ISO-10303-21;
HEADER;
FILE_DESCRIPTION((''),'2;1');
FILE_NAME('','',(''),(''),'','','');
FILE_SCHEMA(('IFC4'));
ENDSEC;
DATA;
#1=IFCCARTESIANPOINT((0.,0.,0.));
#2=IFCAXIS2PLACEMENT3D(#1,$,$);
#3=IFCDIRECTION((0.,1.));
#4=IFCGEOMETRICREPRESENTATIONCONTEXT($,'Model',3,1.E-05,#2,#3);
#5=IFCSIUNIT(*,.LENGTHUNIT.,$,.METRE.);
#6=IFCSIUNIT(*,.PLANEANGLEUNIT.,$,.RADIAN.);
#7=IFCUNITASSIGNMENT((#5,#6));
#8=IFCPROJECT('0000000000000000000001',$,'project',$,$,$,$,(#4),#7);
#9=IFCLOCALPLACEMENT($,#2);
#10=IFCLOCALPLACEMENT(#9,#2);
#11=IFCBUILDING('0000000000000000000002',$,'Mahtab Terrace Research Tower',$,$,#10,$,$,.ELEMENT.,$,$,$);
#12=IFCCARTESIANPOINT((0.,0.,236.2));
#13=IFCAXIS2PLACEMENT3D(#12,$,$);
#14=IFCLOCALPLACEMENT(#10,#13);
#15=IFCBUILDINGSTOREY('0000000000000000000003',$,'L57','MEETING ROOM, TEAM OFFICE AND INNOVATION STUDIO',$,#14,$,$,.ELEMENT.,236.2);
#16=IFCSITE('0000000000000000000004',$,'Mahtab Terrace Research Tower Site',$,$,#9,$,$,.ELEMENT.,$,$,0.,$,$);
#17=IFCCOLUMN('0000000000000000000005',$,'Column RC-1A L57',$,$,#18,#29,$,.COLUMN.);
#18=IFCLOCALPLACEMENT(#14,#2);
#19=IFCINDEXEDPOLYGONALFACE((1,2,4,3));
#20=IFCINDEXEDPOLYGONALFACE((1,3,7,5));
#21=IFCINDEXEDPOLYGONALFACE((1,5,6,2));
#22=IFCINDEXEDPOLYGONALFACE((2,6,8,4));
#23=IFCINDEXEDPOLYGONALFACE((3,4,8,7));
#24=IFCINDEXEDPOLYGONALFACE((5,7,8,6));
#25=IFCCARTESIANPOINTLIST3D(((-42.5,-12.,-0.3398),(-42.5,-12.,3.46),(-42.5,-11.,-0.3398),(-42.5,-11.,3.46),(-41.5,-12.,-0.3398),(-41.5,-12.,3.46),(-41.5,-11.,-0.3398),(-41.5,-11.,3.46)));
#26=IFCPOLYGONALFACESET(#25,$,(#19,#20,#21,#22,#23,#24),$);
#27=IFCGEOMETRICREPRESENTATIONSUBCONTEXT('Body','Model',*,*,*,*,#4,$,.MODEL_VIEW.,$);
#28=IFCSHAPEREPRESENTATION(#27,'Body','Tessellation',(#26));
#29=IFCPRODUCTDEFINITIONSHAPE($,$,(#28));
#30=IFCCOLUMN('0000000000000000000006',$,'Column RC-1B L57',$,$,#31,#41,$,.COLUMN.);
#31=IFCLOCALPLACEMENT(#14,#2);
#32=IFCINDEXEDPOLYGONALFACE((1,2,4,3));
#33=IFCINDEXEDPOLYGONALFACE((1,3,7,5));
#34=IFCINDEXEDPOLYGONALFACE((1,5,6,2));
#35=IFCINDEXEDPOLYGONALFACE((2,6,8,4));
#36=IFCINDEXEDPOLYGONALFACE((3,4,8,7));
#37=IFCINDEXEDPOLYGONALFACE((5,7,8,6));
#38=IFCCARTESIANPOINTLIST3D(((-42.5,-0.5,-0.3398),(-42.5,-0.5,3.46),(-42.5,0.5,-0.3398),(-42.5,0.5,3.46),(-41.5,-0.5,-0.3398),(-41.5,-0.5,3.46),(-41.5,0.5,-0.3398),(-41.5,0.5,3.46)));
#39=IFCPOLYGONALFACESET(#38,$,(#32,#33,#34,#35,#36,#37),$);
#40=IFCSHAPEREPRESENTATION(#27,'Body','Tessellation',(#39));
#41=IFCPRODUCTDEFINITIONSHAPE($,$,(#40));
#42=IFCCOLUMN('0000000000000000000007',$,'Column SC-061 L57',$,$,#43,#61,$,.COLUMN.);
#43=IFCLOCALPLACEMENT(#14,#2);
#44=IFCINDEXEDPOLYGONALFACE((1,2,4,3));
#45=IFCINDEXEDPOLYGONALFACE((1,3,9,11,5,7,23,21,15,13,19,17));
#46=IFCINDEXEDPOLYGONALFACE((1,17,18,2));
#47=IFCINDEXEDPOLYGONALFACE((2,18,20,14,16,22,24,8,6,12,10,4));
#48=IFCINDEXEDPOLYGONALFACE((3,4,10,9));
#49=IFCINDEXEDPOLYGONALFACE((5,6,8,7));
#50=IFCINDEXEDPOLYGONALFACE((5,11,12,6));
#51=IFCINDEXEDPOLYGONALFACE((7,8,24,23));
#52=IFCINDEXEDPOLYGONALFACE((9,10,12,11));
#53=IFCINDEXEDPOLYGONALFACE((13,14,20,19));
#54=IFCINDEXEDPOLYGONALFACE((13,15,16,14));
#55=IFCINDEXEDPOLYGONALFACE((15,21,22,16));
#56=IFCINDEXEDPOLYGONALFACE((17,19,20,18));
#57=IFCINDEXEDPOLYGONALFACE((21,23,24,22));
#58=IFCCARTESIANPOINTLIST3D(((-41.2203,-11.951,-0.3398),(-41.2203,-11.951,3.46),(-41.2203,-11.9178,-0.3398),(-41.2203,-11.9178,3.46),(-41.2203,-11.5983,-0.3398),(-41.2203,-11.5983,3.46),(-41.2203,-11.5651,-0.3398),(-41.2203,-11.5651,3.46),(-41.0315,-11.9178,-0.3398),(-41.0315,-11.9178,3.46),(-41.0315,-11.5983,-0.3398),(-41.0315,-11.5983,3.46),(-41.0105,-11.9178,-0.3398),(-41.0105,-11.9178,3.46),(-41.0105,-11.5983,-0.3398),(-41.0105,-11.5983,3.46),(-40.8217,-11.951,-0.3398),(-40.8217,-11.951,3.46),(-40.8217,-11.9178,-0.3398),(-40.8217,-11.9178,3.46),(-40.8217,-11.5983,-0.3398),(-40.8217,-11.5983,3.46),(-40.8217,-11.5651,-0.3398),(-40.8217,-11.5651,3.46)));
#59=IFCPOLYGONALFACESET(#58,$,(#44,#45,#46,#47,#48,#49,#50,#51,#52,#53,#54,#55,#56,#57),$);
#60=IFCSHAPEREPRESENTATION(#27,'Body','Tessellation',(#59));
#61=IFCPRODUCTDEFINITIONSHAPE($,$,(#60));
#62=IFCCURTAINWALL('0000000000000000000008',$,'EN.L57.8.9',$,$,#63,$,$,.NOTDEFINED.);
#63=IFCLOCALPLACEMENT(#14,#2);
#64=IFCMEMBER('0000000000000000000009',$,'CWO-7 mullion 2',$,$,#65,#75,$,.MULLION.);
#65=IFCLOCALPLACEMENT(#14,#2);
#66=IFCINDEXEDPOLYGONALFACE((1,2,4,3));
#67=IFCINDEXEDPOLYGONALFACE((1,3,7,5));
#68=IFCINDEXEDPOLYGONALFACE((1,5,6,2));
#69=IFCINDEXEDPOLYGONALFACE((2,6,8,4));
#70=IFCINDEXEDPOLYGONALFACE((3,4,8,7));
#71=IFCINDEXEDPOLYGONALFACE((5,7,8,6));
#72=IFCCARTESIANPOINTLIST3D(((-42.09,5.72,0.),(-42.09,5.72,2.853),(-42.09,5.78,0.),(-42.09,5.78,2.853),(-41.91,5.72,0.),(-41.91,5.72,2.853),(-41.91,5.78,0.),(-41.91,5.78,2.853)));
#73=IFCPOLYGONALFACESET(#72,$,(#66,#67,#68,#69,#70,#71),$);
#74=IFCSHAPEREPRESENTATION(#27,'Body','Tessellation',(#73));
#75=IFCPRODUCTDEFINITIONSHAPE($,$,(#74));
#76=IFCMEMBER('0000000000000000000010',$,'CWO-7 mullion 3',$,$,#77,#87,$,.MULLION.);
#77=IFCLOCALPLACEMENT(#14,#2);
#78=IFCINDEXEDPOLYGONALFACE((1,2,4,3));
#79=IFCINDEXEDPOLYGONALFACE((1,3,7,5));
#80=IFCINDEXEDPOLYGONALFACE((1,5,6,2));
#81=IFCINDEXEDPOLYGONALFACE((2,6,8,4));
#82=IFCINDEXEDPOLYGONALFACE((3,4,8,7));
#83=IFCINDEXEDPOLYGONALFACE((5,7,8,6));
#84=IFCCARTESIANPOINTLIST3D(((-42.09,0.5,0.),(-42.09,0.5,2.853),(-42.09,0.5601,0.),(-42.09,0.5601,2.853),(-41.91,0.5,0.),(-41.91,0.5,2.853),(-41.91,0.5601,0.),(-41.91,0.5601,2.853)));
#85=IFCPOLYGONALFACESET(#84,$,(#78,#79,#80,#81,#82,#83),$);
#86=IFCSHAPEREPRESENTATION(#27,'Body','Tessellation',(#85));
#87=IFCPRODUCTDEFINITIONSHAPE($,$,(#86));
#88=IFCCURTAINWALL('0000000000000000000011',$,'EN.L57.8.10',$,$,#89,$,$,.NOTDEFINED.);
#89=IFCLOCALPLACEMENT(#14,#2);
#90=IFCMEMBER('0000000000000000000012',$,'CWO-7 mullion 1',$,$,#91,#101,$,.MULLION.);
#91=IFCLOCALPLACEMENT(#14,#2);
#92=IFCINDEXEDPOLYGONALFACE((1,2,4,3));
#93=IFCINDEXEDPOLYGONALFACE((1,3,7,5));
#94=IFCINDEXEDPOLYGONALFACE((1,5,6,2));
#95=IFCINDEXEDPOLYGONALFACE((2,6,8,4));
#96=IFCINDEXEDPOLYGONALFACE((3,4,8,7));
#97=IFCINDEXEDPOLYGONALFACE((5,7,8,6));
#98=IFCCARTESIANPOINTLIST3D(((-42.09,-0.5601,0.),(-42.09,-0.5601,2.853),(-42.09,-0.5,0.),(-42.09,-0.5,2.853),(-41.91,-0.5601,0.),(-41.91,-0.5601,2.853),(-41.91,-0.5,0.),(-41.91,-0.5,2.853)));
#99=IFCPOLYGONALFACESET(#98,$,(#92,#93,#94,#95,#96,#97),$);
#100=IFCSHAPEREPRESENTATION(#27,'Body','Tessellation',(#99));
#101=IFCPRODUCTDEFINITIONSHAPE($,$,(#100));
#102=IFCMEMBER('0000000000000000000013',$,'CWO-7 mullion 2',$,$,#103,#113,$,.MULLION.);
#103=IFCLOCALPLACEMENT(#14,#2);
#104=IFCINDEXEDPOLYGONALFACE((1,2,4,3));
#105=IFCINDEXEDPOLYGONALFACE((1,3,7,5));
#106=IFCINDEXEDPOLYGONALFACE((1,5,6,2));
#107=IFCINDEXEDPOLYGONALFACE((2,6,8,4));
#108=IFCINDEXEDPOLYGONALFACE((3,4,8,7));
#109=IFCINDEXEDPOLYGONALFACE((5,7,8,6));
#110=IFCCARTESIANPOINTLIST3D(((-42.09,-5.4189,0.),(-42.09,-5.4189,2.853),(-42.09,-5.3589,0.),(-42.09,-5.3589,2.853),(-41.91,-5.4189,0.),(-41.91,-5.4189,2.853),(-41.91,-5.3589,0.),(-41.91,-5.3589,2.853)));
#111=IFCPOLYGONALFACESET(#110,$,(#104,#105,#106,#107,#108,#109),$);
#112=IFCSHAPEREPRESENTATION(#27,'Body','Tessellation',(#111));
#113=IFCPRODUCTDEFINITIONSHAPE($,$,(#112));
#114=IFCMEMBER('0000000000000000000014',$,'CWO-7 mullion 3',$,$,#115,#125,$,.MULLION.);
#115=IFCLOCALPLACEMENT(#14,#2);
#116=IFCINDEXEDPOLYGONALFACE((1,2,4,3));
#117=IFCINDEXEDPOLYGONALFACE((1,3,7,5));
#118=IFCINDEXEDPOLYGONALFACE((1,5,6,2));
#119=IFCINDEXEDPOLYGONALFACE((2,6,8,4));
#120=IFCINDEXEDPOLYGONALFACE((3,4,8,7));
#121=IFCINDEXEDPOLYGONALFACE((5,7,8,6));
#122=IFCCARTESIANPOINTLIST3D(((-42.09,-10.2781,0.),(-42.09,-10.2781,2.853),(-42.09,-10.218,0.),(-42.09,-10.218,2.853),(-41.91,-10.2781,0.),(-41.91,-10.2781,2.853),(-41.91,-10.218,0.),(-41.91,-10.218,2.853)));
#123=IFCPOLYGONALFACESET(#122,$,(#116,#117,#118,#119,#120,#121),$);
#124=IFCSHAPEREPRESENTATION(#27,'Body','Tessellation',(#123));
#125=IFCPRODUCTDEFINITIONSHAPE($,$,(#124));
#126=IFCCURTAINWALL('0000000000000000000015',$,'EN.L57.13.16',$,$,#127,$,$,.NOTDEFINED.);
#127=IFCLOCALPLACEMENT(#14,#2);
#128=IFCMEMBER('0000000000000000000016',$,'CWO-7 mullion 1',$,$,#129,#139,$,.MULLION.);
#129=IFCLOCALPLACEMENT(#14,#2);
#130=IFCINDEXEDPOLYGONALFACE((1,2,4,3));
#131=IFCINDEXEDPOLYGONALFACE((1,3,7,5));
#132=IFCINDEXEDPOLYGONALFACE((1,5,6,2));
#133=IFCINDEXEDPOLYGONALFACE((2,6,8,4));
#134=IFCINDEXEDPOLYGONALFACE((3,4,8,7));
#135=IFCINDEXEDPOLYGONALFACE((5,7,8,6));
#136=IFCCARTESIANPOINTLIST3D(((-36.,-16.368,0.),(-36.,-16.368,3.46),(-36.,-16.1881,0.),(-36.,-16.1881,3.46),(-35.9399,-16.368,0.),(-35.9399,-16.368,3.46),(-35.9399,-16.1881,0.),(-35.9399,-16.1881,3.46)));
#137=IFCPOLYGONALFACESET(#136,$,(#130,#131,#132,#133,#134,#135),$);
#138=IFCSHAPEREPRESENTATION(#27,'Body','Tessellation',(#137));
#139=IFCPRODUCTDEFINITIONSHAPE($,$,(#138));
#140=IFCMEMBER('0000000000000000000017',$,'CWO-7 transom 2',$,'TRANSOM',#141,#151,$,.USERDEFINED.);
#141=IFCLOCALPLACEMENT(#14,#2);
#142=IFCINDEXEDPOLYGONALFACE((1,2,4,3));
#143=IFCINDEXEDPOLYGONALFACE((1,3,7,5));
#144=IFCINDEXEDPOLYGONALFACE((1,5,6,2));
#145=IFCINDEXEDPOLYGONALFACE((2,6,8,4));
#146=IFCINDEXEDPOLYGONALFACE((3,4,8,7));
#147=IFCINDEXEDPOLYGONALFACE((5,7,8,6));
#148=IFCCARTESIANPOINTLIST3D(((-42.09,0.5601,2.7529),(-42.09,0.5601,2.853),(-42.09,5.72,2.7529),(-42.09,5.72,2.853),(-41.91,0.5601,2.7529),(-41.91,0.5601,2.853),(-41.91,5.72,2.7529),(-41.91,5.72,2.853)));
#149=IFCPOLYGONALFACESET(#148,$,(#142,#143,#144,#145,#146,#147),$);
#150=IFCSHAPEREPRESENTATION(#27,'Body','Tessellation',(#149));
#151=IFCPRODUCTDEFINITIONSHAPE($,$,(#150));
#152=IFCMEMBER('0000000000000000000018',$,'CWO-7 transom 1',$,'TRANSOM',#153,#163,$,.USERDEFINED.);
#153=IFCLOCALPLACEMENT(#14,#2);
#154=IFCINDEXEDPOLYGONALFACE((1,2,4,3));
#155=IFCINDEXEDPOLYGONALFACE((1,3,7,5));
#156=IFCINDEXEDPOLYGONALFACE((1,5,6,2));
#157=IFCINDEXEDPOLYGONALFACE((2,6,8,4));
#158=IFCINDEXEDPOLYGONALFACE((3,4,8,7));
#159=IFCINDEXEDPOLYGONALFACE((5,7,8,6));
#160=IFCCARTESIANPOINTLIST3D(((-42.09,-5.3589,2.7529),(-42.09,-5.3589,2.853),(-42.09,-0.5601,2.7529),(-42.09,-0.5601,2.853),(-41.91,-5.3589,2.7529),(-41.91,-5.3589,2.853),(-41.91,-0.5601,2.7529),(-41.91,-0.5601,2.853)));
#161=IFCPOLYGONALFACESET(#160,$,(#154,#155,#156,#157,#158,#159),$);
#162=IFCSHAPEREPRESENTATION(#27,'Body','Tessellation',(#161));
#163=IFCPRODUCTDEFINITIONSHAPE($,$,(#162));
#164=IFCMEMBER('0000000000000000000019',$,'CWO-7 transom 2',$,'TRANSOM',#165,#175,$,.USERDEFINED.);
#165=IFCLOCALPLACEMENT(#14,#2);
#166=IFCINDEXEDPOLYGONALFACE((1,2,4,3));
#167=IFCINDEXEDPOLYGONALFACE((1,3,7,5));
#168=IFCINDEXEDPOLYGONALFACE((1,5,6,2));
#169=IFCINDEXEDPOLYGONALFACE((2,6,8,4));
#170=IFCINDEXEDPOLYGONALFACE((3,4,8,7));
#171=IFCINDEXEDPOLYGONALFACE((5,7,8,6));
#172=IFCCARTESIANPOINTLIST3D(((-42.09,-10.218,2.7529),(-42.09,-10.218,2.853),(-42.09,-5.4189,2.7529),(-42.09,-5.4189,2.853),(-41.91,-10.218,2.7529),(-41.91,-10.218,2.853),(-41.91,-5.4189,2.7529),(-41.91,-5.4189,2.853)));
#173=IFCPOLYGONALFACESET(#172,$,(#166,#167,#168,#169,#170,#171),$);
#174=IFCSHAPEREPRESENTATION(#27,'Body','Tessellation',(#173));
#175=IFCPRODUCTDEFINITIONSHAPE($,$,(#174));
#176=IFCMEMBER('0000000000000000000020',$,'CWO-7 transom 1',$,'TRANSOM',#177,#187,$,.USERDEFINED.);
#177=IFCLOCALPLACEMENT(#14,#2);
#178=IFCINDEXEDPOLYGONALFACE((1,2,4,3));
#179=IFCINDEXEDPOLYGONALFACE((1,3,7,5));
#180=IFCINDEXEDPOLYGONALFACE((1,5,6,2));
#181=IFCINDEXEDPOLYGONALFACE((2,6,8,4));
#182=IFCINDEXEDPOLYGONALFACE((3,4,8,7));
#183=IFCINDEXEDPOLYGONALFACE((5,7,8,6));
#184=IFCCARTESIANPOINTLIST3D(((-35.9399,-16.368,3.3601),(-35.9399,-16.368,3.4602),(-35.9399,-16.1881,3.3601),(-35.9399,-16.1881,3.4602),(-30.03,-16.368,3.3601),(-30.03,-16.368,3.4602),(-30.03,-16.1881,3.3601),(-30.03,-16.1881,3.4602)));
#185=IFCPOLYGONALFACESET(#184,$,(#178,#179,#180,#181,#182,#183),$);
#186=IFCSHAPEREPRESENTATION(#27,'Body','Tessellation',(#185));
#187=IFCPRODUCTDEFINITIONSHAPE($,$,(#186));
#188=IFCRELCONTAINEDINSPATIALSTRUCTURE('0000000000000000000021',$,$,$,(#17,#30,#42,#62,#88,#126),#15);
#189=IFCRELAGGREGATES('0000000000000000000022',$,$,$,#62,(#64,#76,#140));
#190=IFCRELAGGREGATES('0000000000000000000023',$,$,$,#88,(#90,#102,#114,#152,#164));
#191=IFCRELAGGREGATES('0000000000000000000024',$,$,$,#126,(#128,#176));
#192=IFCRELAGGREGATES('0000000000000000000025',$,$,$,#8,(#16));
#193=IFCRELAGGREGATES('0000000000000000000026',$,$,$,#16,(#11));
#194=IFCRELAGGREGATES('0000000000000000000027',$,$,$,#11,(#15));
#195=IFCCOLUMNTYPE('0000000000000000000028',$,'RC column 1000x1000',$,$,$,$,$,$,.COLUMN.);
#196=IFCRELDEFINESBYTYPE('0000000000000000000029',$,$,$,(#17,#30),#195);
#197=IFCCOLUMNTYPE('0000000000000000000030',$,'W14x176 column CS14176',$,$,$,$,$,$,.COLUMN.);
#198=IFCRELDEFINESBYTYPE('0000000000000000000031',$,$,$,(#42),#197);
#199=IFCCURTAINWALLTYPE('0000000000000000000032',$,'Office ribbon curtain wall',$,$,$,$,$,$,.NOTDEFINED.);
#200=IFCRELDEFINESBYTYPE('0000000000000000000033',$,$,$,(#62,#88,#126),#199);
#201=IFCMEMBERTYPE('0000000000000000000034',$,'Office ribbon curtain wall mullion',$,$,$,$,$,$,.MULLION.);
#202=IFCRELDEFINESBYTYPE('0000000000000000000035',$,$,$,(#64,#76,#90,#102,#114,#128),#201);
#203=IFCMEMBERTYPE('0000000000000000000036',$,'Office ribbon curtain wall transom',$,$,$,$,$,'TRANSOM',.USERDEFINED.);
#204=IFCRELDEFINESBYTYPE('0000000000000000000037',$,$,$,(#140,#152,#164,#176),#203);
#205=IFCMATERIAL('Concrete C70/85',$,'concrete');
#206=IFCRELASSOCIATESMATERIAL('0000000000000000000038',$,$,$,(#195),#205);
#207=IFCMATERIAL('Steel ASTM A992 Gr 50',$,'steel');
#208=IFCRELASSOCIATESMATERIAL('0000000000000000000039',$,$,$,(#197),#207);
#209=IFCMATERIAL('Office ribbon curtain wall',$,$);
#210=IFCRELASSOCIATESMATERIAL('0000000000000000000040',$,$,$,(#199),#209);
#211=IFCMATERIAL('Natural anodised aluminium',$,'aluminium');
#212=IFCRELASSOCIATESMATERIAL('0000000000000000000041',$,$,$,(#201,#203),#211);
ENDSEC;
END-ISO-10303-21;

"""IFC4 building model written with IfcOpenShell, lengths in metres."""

from ifc_helpers import new_model, si_unit, direction, frame, origin, origin_2d, place, context, subcontext, project, spatial, rectangle, i_section, extrude, material, material_profile, profile_set, type_object, element, aggregate, save


model = new_model("IFC4")

# Units and contexts
model_context = context("Model", 3, precision=1e-05, world=origin(), true_north=direction((0.0, 1.0)))
body_context = subcontext(model_context, "Body", "Model", "MODEL_VIEW")
ifc_project = project(units=[si_unit("LENGTHUNIT", "METRE"), si_unit("PLANEANGLEUNIT", "RADIAN")], contexts=[model_context])

# Site, building, storey
site_placement = place(None, origin())
site = spatial("IfcSite", under=ifc_project, at=site_placement, Name="Mahtab Terrace Research Tower Site", CompositionType="ELEMENT", RefElevation=0.0)
building_placement = place(site_placement, origin())
building = spatial("IfcBuilding", under=site, at=building_placement, Name="Mahtab Terrace Research Tower", CompositionType="ELEMENT")
storey_placement = place(building_placement, frame((0.0, 0.0, 236.2)))
storey = spatial("IfcBuildingStorey", under=building, at=storey_placement, Name="L57", Description="MEETING ROOM, TEAM OFFICE AND INNOVATION STUDIO", CompositionType="ELEMENT", Elevation=236.2)

# Columns
ifc_material_1 = material(Name="Concrete C70/85", Category="concrete")
ifc_material_profile_1 = material_profile(ifc_material_1, rectangle(XDim=1.0, YDim=1.0, at=origin_2d()), Name="RC column 1000x1000")
ifc_profile_set_1 = profile_set([ifc_material_profile_1], Name="Concrete C70/85")
column_type_1 = type_object("IfcColumnType", Name="RC column 1000x1000", PredefinedType="COLUMN", material=ifc_profile_set_1)
for number, where, z_axis, x_axis, name in (
    (1, (-42.0, -11.5, -0.3398), (0.0, 0.0, 1.0), (1.0, 0.0, 0.0), "Column RC-1A L57"),
    (2, (-42.0, 0.0, -0.3398), (0.0, 0.0, 1.0), (1.0, 0.0, 0.0), "Column RC-1B L57"),
):
    element("IfcColumn", number, at=place(storey_placement, frame(where, z_axis=z_axis, x_axis=x_axis)), inside=storey, type_object=column_type_1, Name=name, PredefinedType="COLUMN", context=body_context, shape_type="SweptSolid", body=[
        extrude(rectangle(XDim=1.0, YDim=1.0, at=origin_2d()), origin(), (0.0, 0.0, 1.0), 3.7998),
    ])
ifc_material_2 = material(Name="Steel ASTM A992 Gr 50", Category="steel")
ifc_material_profile_2 = material_profile(ifc_material_2, i_section(OverallWidth=0.3987, OverallDepth=0.386, WebThickness=0.021, FlangeThickness=0.0332, at=origin_2d()), Name="W14X176")
ifc_profile_set_2 = profile_set([ifc_material_profile_2], Name="Steel ASTM A992 Gr 50")
column_type_2 = type_object("IfcColumnType", Name="W14x176 column CS14176", PredefinedType="COLUMN", material=ifc_profile_set_2)
column_placement = place(storey_placement, frame((-41.021, -11.7581, -0.3398), z_axis=(0.0, 0.0, 1.0), x_axis=(1.0, 0.0, 0.0)))
element("IfcColumn", 3, at=column_placement, inside=storey, type_object=column_type_2, Name="Column SC-061 L57", PredefinedType="COLUMN", context=body_context, shape_type="SweptSolid", body=[
    extrude(i_section(OverallWidth=0.3987, OverallDepth=0.386, WebThickness=0.021, FlangeThickness=0.0332, at=origin_2d()), origin(), (0.0, 0.0, 1.0), 3.7998),
])

# Curtain walls, members
ifc_material_3 = material(Name="Office ribbon curtain wall")
curtain_wall_type = type_object("IfcCurtainWallType", Name="Office ribbon curtain wall", PredefinedType="NOTDEFINED", material=ifc_material_3)
curtain_wall_1_placement = place(storey_placement, origin())
curtain_wall_1 = element("IfcCurtainWall", 4, at=curtain_wall_1_placement, inside=storey, type_object=curtain_wall_type, Name="EN.L57.8.9", PredefinedType="NOTDEFINED")
ifc_material_4 = material(Name="Natural anodised aluminium", Category="aluminium")
ifc_material_profile_3 = material_profile(ifc_material_4, rectangle(XDim=0.1799, YDim=0.0601, at=origin_2d()), Name="MULLION 60x180")
ifc_profile_set_3 = profile_set([ifc_material_profile_3], Name="Natural anodised aluminium")
member_type_1 = type_object("IfcMemberType", Name="Office ribbon curtain wall mullion", PredefinedType="MULLION", material=ifc_profile_set_3)
member_1_placement = place(storey_placement, frame((-42.0, 5.75, 0.0), z_axis=(0.0, 0.0, 1.0), x_axis=(1.0, 0.0, 0.0)))
member_1 = element("IfcMember", 5, at=member_1_placement, type_object=member_type_1, Name="CWO-7 mullion 2", PredefinedType="MULLION", context=body_context, shape_type="SweptSolid", body=[
    extrude(rectangle(XDim=0.1799, YDim=0.0601, at=origin_2d()), origin(), (0.0, 0.0, 1.0), 2.853),
])
member_2_placement = place(storey_placement, frame((-42.0, 0.53, 0.0), z_axis=(0.0, 0.0, 1.0), x_axis=(1.0, 0.0, 0.0)))
member_2 = element("IfcMember", 6, at=member_2_placement, type_object=member_type_1, Name="CWO-7 mullion 3", PredefinedType="MULLION", context=body_context, shape_type="SweptSolid", body=[
    extrude(rectangle(XDim=0.1799, YDim=0.0601, at=origin_2d()), origin(), (0.0, 0.0, 1.0), 2.853),
])
curtain_wall_2_placement = place(storey_placement, origin())
curtain_wall_2 = element("IfcCurtainWall", 7, at=curtain_wall_2_placement, inside=storey, type_object=curtain_wall_type, Name="EN.L57.8.10", PredefinedType="NOTDEFINED")
member_3_placement = place(storey_placement, frame((-42.0, -0.53, 0.0), z_axis=(0.0, 0.0, 1.0), x_axis=(1.0, 0.0, 0.0)))
member_3 = element("IfcMember", 8, at=member_3_placement, type_object=member_type_1, Name="CWO-7 mullion 1", PredefinedType="MULLION", context=body_context, shape_type="SweptSolid", body=[
    extrude(rectangle(XDim=0.1799, YDim=0.0601, at=origin_2d()), origin(), (0.0, 0.0, 1.0), 2.853),
])
member_4_placement = place(storey_placement, frame((-42.0, -5.3889, 0.0), z_axis=(0.0, 0.0, 1.0), x_axis=(1.0, 0.0, 0.0)))
member_4 = element("IfcMember", 9, at=member_4_placement, type_object=member_type_1, Name="CWO-7 mullion 2", PredefinedType="MULLION", context=body_context, shape_type="SweptSolid", body=[
    extrude(rectangle(XDim=0.1799, YDim=0.0601, at=origin_2d()), origin(), (0.0, 0.0, 1.0), 2.853),
])
member_5_placement = place(storey_placement, frame((-42.0, -10.248, 0.0), z_axis=(0.0, 0.0, 1.0), x_axis=(1.0, 0.0, 0.0)))
member_5 = element("IfcMember", 10, at=member_5_placement, type_object=member_type_1, Name="CWO-7 mullion 3", PredefinedType="MULLION", context=body_context, shape_type="SweptSolid", body=[
    extrude(rectangle(XDim=0.1799, YDim=0.0601, at=origin_2d()), origin(), (0.0, 0.0, 1.0), 2.853),
])

# Curtain wall, member
curtain_wall_3_placement = place(storey_placement, origin())
curtain_wall_3 = element("IfcCurtainWall", 11, at=curtain_wall_3_placement, inside=storey, type_object=curtain_wall_type, Name="EN.L57.13.16", PredefinedType="NOTDEFINED")
member_6_placement = place(storey_placement, frame((-35.97, -16.2781, 0.0), z_axis=(0.0, 0.0, 1.0), x_axis=(0.0, 1.0, 0.0)))
member_6 = element("IfcMember", 12, at=member_6_placement, type_object=member_type_1, Name="CWO-7 mullion 1", PredefinedType="MULLION", context=body_context, shape_type="SweptSolid", body=[
    extrude(rectangle(XDim=0.1799, YDim=0.0601, at=origin_2d()), origin(), (0.0, 0.0, 1.0), 3.46),
])

# Members
ifc_material_profile_4 = material_profile(ifc_material_4, rectangle(XDim=0.1799, YDim=0.1001, at=origin_2d()), Name="TRANSOM 100x180")
ifc_profile_set_4 = profile_set([ifc_material_profile_4], Name="Natural anodised aluminium")
member_type_2 = type_object("IfcMemberType", Name="Office ribbon curtain wall transom", ElementType="TRANSOM", PredefinedType="USERDEFINED", material=ifc_profile_set_4)
member_7_placement = place(storey_placement, frame((-42.0, 5.72, 2.803), z_axis=(0.0, -1.0, 0.0), x_axis=(1.0, 0.0, 0.0)))
member_7 = element("IfcMember", 13, at=member_7_placement, type_object=member_type_2, Name="CWO-7 transom 2", ObjectType="TRANSOM", PredefinedType="USERDEFINED", context=body_context, shape_type="SweptSolid", body=[
    extrude(rectangle(XDim=0.1799, YDim=0.1001, at=origin_2d()), origin(), (0.0, 0.0, 1.0), 5.1599),
])
member_8_placement = place(storey_placement, frame((-42.0, -0.5601, 2.803), z_axis=(0.0, -1.0, 0.0), x_axis=(1.0, 0.0, 0.0)))
member_8 = element("IfcMember", 14, at=member_8_placement, type_object=member_type_2, Name="CWO-7 transom 1", ObjectType="TRANSOM", PredefinedType="USERDEFINED", context=body_context, shape_type="SweptSolid", body=[
    extrude(rectangle(XDim=0.1799, YDim=0.1001, at=origin_2d()), origin(), (0.0, 0.0, 1.0), 4.7988),
])
member_9_placement = place(storey_placement, frame((-42.0, -5.4189, 2.803), z_axis=(0.0, -1.0, 0.0), x_axis=(1.0, 0.0, 0.0)))
member_9 = element("IfcMember", 15, at=member_9_placement, type_object=member_type_2, Name="CWO-7 transom 2", ObjectType="TRANSOM", PredefinedType="USERDEFINED", context=body_context, shape_type="SweptSolid", body=[
    extrude(rectangle(XDim=0.1799, YDim=0.1001, at=origin_2d()), origin(), (0.0, 0.0, 1.0), 4.7991),
])
member_10_placement = place(storey_placement, frame((-35.9399, -16.2781, 3.4102), z_axis=(1.0, 0.0, 0.0), x_axis=(0.0, 1.0, 0.0)))
member_10 = element("IfcMember", 16, at=member_10_placement, type_object=member_type_2, Name="CWO-7 transom 1", ObjectType="TRANSOM", PredefinedType="USERDEFINED", context=body_context, shape_type="SweptSolid", body=[
    extrude(rectangle(XDim=0.1799, YDim=0.1001, at=origin_2d()), origin(), (0.0, 0.0, 1.0), 5.9099),
])

aggregate(curtain_wall_1, [member_1, member_2, member_7])
aggregate(curtain_wall_2, [member_3, member_4, member_5, member_8, member_9])
aggregate(curtain_wall_3, [member_6, member_10])

save(model, "model.ifc")
